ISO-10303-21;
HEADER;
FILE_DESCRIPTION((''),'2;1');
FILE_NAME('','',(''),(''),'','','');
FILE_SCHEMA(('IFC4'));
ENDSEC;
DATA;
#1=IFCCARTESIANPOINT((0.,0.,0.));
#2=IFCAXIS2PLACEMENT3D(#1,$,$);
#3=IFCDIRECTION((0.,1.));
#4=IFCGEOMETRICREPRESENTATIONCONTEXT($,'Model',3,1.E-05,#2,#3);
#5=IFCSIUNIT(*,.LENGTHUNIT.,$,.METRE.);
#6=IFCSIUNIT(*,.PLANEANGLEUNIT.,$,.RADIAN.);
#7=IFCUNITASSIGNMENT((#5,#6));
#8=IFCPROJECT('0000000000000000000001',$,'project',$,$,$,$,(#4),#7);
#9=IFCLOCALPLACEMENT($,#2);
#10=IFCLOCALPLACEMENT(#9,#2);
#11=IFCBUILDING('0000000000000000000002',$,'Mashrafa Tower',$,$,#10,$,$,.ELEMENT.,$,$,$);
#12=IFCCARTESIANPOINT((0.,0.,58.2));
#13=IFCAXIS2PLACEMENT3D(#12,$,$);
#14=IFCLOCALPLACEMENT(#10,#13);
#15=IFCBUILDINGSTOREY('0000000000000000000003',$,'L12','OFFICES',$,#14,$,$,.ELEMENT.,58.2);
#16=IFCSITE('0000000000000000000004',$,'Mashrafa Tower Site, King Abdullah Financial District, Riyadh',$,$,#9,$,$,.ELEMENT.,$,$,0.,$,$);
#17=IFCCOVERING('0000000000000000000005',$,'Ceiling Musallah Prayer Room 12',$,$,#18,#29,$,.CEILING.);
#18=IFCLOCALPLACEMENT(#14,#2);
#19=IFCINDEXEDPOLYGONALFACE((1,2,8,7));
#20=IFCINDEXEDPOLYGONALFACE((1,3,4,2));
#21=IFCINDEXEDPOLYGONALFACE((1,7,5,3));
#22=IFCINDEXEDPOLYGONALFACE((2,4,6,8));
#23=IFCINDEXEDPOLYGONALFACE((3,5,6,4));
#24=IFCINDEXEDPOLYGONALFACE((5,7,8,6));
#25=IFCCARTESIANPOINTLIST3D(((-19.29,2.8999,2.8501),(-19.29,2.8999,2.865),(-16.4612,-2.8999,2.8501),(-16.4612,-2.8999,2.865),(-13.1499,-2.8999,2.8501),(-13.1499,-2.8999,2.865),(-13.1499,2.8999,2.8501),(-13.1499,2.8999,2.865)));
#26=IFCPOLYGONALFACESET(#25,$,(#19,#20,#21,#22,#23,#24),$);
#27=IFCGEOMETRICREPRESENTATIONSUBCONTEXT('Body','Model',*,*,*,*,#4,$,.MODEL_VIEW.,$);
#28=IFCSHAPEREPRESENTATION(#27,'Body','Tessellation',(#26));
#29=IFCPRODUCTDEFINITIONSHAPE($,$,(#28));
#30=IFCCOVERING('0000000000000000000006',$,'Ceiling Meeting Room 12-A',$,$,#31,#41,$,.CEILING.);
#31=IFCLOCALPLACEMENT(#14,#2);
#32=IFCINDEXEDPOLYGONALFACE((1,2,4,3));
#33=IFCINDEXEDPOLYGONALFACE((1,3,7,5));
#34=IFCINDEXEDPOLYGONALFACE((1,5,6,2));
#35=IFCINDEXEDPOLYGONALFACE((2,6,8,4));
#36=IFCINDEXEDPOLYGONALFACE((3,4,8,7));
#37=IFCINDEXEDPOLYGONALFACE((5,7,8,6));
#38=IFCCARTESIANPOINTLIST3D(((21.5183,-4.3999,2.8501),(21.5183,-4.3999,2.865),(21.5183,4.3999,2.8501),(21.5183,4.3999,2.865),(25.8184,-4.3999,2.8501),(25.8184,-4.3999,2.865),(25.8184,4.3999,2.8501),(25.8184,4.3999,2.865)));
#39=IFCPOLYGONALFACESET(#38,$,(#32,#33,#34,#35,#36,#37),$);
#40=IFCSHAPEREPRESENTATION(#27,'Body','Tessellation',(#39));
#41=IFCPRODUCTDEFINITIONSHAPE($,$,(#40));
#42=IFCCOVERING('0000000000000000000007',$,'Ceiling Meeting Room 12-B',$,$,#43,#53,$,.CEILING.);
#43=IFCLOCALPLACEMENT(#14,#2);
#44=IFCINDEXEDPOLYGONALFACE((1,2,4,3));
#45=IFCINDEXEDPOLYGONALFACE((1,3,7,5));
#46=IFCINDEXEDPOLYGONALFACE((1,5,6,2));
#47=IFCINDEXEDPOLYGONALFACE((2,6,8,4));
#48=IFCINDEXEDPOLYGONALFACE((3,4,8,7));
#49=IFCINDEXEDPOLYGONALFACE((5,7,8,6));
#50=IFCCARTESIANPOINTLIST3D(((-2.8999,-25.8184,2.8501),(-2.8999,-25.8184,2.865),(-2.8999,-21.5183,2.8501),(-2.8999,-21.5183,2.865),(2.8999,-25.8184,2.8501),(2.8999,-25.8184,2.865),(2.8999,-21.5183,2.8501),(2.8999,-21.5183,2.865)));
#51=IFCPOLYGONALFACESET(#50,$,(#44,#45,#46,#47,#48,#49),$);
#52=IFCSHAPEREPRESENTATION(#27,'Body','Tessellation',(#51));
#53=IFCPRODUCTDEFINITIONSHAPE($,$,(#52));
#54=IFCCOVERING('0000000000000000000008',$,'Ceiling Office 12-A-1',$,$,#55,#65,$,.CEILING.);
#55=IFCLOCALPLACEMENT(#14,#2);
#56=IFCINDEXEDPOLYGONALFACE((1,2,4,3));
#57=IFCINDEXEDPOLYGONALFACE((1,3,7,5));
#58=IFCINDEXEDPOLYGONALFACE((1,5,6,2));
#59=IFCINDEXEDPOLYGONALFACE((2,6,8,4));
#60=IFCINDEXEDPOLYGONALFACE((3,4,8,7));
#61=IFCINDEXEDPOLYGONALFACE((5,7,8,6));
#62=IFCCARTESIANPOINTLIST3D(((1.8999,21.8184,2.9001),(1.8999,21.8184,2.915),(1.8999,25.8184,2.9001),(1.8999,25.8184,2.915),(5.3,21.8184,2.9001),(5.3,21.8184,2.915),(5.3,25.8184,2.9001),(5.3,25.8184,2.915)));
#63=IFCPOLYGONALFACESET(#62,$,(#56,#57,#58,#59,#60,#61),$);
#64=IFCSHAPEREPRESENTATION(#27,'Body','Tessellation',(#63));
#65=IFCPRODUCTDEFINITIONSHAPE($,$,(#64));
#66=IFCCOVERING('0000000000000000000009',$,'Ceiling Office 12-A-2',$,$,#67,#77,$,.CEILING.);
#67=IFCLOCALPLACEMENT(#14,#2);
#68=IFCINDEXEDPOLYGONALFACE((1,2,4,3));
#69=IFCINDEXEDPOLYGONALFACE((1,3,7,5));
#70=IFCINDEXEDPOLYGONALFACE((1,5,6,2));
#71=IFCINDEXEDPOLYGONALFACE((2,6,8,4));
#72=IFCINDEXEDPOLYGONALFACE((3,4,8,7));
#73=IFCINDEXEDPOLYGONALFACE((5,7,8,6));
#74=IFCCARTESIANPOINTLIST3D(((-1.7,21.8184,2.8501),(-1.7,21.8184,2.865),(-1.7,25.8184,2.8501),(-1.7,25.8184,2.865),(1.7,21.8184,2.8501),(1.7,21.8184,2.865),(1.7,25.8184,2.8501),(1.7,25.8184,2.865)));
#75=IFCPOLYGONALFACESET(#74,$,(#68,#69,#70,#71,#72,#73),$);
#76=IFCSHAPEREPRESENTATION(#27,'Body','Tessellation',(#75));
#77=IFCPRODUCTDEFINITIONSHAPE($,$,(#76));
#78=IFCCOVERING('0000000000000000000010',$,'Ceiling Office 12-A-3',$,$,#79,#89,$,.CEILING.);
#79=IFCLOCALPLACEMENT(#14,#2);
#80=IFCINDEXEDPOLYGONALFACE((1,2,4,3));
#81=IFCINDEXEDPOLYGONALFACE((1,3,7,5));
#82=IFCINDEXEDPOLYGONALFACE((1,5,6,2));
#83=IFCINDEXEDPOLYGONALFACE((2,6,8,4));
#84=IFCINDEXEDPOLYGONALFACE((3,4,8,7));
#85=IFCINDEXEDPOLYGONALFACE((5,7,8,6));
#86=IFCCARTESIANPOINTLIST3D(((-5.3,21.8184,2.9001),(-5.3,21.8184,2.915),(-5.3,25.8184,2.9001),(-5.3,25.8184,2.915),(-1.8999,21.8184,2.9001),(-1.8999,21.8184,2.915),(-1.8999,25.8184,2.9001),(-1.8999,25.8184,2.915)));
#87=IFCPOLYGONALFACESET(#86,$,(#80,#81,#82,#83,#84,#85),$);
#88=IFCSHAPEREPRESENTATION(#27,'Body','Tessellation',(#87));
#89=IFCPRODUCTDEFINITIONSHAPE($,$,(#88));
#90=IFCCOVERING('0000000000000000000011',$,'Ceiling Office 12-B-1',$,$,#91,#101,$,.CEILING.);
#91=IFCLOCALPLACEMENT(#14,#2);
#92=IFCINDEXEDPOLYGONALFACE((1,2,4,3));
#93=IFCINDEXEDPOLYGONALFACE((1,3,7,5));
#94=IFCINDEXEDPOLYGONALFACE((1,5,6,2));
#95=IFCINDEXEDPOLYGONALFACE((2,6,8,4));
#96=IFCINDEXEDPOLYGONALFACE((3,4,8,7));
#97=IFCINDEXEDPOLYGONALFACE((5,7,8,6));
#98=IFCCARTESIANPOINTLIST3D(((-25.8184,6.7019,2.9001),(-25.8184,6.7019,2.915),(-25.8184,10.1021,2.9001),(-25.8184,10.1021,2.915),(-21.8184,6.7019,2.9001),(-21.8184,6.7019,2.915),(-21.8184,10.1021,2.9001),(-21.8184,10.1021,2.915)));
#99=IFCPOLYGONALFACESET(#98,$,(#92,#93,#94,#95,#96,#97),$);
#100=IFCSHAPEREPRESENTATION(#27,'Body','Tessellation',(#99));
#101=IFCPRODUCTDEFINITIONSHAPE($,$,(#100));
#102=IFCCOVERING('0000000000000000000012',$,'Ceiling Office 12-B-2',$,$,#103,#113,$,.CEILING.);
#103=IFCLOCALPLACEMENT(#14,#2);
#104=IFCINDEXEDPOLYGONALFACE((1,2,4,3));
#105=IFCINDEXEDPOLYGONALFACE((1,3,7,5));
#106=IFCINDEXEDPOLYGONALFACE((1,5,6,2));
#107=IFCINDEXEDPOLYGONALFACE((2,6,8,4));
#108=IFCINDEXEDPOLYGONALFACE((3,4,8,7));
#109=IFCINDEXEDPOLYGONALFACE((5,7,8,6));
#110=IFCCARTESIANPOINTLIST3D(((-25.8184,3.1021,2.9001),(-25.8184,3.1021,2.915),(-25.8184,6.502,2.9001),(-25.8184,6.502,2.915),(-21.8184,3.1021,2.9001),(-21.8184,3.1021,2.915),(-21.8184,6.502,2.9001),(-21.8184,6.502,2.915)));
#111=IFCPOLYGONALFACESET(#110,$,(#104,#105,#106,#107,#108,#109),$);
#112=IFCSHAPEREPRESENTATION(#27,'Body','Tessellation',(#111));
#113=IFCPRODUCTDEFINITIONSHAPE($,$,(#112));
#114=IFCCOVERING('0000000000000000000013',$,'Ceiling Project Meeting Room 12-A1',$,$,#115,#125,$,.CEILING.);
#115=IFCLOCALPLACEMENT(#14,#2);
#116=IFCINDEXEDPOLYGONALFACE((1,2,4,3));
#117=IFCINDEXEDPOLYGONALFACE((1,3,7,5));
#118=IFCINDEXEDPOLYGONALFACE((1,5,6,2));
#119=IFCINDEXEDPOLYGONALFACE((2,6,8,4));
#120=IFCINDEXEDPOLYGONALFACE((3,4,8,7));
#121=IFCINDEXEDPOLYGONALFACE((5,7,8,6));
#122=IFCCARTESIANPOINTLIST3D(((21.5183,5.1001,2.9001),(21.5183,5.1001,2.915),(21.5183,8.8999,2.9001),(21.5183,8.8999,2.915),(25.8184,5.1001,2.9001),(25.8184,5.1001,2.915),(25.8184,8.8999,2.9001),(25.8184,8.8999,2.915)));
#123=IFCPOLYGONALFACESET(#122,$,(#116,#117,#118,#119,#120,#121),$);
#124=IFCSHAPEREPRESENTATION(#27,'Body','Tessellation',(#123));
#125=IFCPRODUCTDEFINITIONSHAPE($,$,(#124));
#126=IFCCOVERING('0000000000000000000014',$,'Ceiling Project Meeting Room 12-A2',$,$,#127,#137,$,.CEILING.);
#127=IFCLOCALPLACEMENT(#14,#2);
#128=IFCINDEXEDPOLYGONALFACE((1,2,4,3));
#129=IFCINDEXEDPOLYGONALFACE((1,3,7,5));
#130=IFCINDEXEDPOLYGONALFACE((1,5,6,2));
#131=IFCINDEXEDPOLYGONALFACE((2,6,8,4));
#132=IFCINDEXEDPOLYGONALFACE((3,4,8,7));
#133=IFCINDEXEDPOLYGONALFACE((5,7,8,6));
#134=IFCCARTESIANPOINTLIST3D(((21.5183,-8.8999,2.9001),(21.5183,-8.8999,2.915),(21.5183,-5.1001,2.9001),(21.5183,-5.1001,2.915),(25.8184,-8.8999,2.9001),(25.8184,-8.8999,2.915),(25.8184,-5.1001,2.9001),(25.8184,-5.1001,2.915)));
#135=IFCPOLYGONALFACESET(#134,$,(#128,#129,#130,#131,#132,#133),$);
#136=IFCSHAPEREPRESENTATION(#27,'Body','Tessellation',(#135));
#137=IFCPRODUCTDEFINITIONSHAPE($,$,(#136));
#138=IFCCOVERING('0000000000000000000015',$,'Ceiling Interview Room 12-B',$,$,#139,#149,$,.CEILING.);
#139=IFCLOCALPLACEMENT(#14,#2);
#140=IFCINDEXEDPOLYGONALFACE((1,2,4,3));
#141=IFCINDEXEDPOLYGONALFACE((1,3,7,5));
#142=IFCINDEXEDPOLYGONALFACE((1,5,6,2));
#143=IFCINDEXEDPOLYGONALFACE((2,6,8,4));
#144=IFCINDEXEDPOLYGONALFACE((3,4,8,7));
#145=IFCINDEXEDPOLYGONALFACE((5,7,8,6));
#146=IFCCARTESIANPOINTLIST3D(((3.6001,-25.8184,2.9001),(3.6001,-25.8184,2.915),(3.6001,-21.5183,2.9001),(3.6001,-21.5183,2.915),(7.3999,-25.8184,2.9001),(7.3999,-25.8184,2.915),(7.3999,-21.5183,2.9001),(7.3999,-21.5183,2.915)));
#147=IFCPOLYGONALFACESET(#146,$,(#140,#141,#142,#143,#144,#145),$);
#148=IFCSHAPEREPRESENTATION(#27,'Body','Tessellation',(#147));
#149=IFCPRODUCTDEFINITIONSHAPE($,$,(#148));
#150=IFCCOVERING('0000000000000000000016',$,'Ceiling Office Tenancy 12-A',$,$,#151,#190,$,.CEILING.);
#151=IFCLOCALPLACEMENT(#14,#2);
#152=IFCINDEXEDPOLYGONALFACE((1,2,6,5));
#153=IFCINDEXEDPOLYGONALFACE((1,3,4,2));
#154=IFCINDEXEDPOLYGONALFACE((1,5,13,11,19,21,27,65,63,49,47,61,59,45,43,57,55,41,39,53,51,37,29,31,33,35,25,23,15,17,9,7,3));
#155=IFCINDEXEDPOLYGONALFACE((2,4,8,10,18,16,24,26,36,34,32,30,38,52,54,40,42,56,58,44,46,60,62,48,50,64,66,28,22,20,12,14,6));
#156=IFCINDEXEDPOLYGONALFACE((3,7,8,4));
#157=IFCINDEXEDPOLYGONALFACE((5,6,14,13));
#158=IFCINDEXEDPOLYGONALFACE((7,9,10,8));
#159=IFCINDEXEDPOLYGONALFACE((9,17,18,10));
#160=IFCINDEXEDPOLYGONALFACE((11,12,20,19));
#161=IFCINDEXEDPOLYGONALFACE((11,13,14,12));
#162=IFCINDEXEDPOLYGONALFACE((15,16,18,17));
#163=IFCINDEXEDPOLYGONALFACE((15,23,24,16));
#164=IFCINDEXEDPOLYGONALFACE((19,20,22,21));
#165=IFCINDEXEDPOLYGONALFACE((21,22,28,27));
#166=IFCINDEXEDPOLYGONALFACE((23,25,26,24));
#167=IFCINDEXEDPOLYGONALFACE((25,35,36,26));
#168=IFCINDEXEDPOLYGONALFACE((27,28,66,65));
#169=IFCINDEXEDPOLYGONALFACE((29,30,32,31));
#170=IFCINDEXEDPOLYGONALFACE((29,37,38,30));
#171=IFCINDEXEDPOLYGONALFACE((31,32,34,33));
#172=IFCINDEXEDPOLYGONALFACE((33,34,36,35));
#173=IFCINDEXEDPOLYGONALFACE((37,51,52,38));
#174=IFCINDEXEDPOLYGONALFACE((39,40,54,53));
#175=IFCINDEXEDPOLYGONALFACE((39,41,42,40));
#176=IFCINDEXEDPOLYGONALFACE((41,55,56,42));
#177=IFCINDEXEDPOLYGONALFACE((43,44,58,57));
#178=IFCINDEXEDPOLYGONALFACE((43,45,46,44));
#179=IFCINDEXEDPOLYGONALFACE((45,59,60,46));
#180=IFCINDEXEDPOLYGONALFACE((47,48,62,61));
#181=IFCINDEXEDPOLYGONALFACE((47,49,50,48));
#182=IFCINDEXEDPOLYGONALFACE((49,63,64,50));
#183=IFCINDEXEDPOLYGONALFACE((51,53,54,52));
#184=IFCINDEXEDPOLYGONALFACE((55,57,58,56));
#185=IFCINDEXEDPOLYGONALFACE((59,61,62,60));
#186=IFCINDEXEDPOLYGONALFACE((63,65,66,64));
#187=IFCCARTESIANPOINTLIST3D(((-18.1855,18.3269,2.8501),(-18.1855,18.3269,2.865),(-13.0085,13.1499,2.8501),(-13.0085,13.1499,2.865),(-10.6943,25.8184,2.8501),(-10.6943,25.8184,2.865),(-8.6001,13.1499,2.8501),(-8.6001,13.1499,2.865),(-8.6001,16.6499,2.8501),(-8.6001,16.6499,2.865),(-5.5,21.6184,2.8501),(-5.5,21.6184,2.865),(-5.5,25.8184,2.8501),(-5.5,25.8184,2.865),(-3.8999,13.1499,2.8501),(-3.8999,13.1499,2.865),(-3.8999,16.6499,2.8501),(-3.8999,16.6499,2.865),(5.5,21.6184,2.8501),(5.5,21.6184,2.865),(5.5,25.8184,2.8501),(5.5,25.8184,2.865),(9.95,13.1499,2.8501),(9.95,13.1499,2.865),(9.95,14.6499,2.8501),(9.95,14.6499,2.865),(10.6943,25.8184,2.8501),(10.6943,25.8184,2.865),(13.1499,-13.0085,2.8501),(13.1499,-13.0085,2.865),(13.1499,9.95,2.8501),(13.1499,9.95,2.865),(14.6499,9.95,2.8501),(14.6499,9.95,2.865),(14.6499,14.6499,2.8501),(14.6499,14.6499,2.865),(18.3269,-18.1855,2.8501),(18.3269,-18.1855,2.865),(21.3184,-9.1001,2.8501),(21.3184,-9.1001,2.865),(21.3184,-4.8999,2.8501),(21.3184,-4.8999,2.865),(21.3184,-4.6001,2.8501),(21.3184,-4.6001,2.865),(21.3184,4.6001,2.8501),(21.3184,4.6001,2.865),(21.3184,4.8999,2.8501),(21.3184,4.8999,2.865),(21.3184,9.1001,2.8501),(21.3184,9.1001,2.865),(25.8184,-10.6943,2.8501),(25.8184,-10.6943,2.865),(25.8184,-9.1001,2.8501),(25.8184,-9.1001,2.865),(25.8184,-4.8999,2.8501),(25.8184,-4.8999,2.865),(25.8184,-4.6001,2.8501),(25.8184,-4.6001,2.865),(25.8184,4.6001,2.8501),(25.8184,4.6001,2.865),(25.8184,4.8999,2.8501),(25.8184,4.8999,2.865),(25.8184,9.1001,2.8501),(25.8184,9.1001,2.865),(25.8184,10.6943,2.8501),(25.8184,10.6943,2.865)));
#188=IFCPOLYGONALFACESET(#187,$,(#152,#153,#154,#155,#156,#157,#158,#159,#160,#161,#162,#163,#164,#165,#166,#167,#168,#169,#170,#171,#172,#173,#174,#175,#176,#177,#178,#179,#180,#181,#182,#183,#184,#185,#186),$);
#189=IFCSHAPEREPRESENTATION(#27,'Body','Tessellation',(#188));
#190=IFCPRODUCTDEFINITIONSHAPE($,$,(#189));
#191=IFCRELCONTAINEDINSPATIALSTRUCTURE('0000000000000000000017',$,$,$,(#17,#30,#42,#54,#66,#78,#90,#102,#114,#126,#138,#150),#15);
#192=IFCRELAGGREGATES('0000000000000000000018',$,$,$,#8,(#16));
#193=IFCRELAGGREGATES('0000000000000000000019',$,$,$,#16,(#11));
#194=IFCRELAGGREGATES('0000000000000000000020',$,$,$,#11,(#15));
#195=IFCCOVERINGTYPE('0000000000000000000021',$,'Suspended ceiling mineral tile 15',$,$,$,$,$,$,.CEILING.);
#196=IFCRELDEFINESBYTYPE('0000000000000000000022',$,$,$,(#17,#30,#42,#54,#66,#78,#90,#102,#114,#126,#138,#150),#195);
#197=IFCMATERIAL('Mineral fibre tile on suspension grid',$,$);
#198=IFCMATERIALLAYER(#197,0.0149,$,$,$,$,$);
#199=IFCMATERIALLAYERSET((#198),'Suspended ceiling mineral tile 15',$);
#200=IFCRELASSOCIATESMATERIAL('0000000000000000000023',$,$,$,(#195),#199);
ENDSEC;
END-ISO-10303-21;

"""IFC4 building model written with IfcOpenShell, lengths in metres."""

from ifc_helpers import new_model, si_unit, direction, frame, origin, place, context, subcontext, project, spatial, polyline, outline, extrude, material, layer, layer_set, type_object, element, save


model = new_model("IFC4")

# Units and contexts
model_context = context("Model", 3, precision=1e-05, world=origin(), true_north=direction((0.0, 1.0)))
body_context = subcontext(model_context, "Body", "Model", "MODEL_VIEW")
ifc_project = project(units=[si_unit("LENGTHUNIT", "METRE"), si_unit("PLANEANGLEUNIT", "RADIAN")], contexts=[model_context])

# Site, building, storey
site_placement = place(None, origin())
site = spatial("IfcSite", under=ifc_project, at=site_placement, Name="Mashrafa Tower Site, King Abdullah Financial District, Riyadh", CompositionType="ELEMENT", RefElevation=0.0)
building_placement = place(site_placement, origin())
building = spatial("IfcBuilding", under=site, at=building_placement, Name="Mashrafa Tower", CompositionType="ELEMENT")
storey_placement = place(building_placement, frame((0.0, 0.0, 58.2)))
storey = spatial("IfcBuildingStorey", under=building, at=storey_placement, Name="L12", Description="OFFICES", CompositionType="ELEMENT", Elevation=58.2)

# Coverings
ifc_material_1 = material(Name="Mineral fibre tile on suspension grid")
ifc_layer_1 = layer(ifc_material_1, 0.0149)
ifc_layer_set_1 = layer_set([ifc_layer_1], Name="Suspended ceiling mineral tile 15")
covering_type = type_object("IfcCoveringType", Name="Suspended ceiling mineral tile 15", PredefinedType="CEILING", material=ifc_layer_set_1)
covering_1_placement = place(storey_placement, frame((0.0, 0.0, 2.8501)))
element("IfcCovering", 1, at=covering_1_placement, inside=storey, type_object=covering_type, Name="Ceiling Musallah Prayer Room 12", PredefinedType="CEILING", context=body_context, shape_type="SweptSolid", body=[
    extrude(outline(polyline([(-16.4612, -2.8999), (-19.29, 2.8999), (-13.1499, 2.8999), (-13.1499, -2.8999), (-16.4612, -2.8999)])), origin(), (0.0, 0.0, 1.0), 0.0149),
])
covering_2_placement = place(storey_placement, frame((0.0, 0.0, 2.8501)))
element("IfcCovering", 2, at=covering_2_placement, inside=storey, type_object=covering_type, Name="Ceiling Meeting Room 12-A", PredefinedType="CEILING", context=body_context, shape_type="SweptSolid", body=[
    extrude(outline(polyline([(21.5183, 4.3999), (25.8184, 4.3999), (25.8184, -4.3999), (21.5183, -4.3999), (21.5183, 4.3999)])), origin(), (0.0, 0.0, 1.0), 0.0149),
])
covering_3_placement = place(storey_placement, frame((0.0, 0.0, 2.8501)))
element("IfcCovering", 3, at=covering_3_placement, inside=storey, type_object=covering_type, Name="Ceiling Meeting Room 12-B", PredefinedType="CEILING", context=body_context, shape_type="SweptSolid", body=[
    extrude(outline(polyline([(-2.8999, -21.5183), (2.8999, -21.5183), (2.8999, -25.8184), (-2.8999, -25.8184), (-2.8999, -21.5183)])), origin(), (0.0, 0.0, 1.0), 0.0149),
])
covering_4_placement = place(storey_placement, frame((0.0, 0.0, 2.9001)))
element("IfcCovering", 4, at=covering_4_placement, inside=storey, type_object=covering_type, Name="Ceiling Office 12-A-1", PredefinedType="CEILING", context=body_context, shape_type="SweptSolid", body=[
    extrude(outline(polyline([(1.8999, 25.8184), (5.3, 25.8184), (5.3, 21.8184), (1.8999, 21.8184), (1.8999, 25.8184)])), origin(), (0.0, 0.0, 1.0), 0.0149),
])
covering_5_placement = place(storey_placement, frame((0.0, 0.0, 2.8501)))
element("IfcCovering", 5, at=covering_5_placement, inside=storey, type_object=covering_type, Name="Ceiling Office 12-A-2", PredefinedType="CEILING", context=body_context, shape_type="SweptSolid", body=[
    extrude(outline(polyline([(-1.7, 25.8184), (1.7, 25.8184), (1.7, 21.8184), (-1.7, 21.8184), (-1.7, 25.8184)])), origin(), (0.0, 0.0, 1.0), 0.0149),
])
covering_6_placement = place(storey_placement, frame((0.0, 0.0, 2.9001)))
element("IfcCovering", 6, at=covering_6_placement, inside=storey, type_object=covering_type, Name="Ceiling Office 12-A-3", PredefinedType="CEILING", context=body_context, shape_type="SweptSolid", body=[
    extrude(outline(polyline([(-5.3, 25.8184), (-1.8999, 25.8184), (-1.8999, 21.8184), (-5.3, 21.8184), (-5.3, 25.8184)])), origin(), (0.0, 0.0, 1.0), 0.0149),
])
covering_7_placement = place(storey_placement, frame((0.0, 0.0, 2.9001)))
element("IfcCovering", 7, at=covering_7_placement, inside=storey, type_object=covering_type, Name="Ceiling Office 12-B-1", PredefinedType="CEILING", context=body_context, shape_type="SweptSolid", body=[
    extrude(outline(polyline([(-21.8184, 10.1021), (-21.8184, 6.7019), (-25.8184, 6.7019), (-25.8184, 10.1021), (-21.8184, 10.1021)])), origin(), (0.0, 0.0, 1.0), 0.0149),
])
covering_8_placement = place(storey_placement, frame((0.0, 0.0, 2.9001)))
element("IfcCovering", 8, at=covering_8_placement, inside=storey, type_object=covering_type, Name="Ceiling Office 12-B-2", PredefinedType="CEILING", context=body_context, shape_type="SweptSolid", body=[
    extrude(outline(polyline([(-21.8184, 6.502), (-21.8184, 3.1021), (-25.8184, 3.1021), (-25.8184, 6.502), (-21.8184, 6.502)])), origin(), (0.0, 0.0, 1.0), 0.0149),
])
covering_9_placement = place(storey_placement, frame((0.0, 0.0, 2.9001)))
element("IfcCovering", 9, at=covering_9_placement, inside=storey, type_object=covering_type, Name="Ceiling Project Meeting Room 12-A1", PredefinedType="CEILING", context=body_context, shape_type="SweptSolid", body=[
    extrude(outline(polyline([(21.5183, 8.8999), (25.8184, 8.8999), (25.8184, 5.1001), (21.5183, 5.1001), (21.5183, 8.8999)])), origin(), (0.0, 0.0, 1.0), 0.0149),
])
covering_10_placement = place(storey_placement, frame((0.0, 0.0, 2.9001)))
element("IfcCovering", 10, at=covering_10_placement, inside=storey, type_object=covering_type, Name="Ceiling Project Meeting Room 12-A2", PredefinedType="CEILING", context=body_context, shape_type="SweptSolid", body=[
    extrude(outline(polyline([(21.5183, -5.1001), (25.8184, -5.1001), (25.8184, -8.8999), (21.5183, -8.8999), (21.5183, -5.1001)])), origin(), (0.0, 0.0, 1.0), 0.0149),
])
covering_11_placement = place(storey_placement, frame((0.0, 0.0, 2.9001)))
element("IfcCovering", 11, at=covering_11_placement, inside=storey, type_object=covering_type, Name="Ceiling Interview Room 12-B", PredefinedType="CEILING", context=body_context, shape_type="SweptSolid", body=[
    extrude(outline(polyline([(3.6001, -21.5183), (7.3999, -21.5183), (7.3999, -25.8184), (3.6001, -25.8184), (3.6001, -21.5183)])), origin(), (0.0, 0.0, 1.0), 0.0149),
])
covering_12_placement = place(storey_placement, frame((0.0, 0.0, 2.8501)))
element("IfcCovering", 12, at=covering_12_placement, inside=storey, type_object=covering_type, Name="Ceiling Office Tenancy 12-A", PredefinedType="CEILING", context=body_context, shape_type="SweptSolid", body=[
    extrude(outline(polyline([(-13.0085, 13.1499), (-18.1855, 18.3269), (-10.6943, 25.8184), (-5.5, 25.8184), (-5.5, 21.6184), (5.5, 21.6184), (5.5, 25.8184), (10.6943, 25.8184), (25.8184, 10.6943), (25.8184, 9.1001), (21.3184, 9.1001), (21.3184, 4.8999), (25.8184, 4.8999), (25.8184, 4.6001), (21.3184, 4.6001), (21.3184, -4.6001), (25.8184, -4.6001), (25.8184, -4.8999), (21.3184, -4.8999), (21.3184, -9.1001), (25.8184, -9.1001), (25.8184, -10.6943), (18.3269, -18.1855), (13.1499, -13.0085), (13.1499, 9.95), (14.6499, 9.95), (14.6499, 14.6499), (9.95, 14.6499), (9.95, 13.1499), (-3.8999, 13.1499), (-3.8999, 16.6499), (-8.6001, 16.6499), (-8.6001, 13.1499), (-13.0085, 13.1499)])), origin(), (0.0, 0.0, 1.0), 0.0149),
])

save(model, "model.ifc")
